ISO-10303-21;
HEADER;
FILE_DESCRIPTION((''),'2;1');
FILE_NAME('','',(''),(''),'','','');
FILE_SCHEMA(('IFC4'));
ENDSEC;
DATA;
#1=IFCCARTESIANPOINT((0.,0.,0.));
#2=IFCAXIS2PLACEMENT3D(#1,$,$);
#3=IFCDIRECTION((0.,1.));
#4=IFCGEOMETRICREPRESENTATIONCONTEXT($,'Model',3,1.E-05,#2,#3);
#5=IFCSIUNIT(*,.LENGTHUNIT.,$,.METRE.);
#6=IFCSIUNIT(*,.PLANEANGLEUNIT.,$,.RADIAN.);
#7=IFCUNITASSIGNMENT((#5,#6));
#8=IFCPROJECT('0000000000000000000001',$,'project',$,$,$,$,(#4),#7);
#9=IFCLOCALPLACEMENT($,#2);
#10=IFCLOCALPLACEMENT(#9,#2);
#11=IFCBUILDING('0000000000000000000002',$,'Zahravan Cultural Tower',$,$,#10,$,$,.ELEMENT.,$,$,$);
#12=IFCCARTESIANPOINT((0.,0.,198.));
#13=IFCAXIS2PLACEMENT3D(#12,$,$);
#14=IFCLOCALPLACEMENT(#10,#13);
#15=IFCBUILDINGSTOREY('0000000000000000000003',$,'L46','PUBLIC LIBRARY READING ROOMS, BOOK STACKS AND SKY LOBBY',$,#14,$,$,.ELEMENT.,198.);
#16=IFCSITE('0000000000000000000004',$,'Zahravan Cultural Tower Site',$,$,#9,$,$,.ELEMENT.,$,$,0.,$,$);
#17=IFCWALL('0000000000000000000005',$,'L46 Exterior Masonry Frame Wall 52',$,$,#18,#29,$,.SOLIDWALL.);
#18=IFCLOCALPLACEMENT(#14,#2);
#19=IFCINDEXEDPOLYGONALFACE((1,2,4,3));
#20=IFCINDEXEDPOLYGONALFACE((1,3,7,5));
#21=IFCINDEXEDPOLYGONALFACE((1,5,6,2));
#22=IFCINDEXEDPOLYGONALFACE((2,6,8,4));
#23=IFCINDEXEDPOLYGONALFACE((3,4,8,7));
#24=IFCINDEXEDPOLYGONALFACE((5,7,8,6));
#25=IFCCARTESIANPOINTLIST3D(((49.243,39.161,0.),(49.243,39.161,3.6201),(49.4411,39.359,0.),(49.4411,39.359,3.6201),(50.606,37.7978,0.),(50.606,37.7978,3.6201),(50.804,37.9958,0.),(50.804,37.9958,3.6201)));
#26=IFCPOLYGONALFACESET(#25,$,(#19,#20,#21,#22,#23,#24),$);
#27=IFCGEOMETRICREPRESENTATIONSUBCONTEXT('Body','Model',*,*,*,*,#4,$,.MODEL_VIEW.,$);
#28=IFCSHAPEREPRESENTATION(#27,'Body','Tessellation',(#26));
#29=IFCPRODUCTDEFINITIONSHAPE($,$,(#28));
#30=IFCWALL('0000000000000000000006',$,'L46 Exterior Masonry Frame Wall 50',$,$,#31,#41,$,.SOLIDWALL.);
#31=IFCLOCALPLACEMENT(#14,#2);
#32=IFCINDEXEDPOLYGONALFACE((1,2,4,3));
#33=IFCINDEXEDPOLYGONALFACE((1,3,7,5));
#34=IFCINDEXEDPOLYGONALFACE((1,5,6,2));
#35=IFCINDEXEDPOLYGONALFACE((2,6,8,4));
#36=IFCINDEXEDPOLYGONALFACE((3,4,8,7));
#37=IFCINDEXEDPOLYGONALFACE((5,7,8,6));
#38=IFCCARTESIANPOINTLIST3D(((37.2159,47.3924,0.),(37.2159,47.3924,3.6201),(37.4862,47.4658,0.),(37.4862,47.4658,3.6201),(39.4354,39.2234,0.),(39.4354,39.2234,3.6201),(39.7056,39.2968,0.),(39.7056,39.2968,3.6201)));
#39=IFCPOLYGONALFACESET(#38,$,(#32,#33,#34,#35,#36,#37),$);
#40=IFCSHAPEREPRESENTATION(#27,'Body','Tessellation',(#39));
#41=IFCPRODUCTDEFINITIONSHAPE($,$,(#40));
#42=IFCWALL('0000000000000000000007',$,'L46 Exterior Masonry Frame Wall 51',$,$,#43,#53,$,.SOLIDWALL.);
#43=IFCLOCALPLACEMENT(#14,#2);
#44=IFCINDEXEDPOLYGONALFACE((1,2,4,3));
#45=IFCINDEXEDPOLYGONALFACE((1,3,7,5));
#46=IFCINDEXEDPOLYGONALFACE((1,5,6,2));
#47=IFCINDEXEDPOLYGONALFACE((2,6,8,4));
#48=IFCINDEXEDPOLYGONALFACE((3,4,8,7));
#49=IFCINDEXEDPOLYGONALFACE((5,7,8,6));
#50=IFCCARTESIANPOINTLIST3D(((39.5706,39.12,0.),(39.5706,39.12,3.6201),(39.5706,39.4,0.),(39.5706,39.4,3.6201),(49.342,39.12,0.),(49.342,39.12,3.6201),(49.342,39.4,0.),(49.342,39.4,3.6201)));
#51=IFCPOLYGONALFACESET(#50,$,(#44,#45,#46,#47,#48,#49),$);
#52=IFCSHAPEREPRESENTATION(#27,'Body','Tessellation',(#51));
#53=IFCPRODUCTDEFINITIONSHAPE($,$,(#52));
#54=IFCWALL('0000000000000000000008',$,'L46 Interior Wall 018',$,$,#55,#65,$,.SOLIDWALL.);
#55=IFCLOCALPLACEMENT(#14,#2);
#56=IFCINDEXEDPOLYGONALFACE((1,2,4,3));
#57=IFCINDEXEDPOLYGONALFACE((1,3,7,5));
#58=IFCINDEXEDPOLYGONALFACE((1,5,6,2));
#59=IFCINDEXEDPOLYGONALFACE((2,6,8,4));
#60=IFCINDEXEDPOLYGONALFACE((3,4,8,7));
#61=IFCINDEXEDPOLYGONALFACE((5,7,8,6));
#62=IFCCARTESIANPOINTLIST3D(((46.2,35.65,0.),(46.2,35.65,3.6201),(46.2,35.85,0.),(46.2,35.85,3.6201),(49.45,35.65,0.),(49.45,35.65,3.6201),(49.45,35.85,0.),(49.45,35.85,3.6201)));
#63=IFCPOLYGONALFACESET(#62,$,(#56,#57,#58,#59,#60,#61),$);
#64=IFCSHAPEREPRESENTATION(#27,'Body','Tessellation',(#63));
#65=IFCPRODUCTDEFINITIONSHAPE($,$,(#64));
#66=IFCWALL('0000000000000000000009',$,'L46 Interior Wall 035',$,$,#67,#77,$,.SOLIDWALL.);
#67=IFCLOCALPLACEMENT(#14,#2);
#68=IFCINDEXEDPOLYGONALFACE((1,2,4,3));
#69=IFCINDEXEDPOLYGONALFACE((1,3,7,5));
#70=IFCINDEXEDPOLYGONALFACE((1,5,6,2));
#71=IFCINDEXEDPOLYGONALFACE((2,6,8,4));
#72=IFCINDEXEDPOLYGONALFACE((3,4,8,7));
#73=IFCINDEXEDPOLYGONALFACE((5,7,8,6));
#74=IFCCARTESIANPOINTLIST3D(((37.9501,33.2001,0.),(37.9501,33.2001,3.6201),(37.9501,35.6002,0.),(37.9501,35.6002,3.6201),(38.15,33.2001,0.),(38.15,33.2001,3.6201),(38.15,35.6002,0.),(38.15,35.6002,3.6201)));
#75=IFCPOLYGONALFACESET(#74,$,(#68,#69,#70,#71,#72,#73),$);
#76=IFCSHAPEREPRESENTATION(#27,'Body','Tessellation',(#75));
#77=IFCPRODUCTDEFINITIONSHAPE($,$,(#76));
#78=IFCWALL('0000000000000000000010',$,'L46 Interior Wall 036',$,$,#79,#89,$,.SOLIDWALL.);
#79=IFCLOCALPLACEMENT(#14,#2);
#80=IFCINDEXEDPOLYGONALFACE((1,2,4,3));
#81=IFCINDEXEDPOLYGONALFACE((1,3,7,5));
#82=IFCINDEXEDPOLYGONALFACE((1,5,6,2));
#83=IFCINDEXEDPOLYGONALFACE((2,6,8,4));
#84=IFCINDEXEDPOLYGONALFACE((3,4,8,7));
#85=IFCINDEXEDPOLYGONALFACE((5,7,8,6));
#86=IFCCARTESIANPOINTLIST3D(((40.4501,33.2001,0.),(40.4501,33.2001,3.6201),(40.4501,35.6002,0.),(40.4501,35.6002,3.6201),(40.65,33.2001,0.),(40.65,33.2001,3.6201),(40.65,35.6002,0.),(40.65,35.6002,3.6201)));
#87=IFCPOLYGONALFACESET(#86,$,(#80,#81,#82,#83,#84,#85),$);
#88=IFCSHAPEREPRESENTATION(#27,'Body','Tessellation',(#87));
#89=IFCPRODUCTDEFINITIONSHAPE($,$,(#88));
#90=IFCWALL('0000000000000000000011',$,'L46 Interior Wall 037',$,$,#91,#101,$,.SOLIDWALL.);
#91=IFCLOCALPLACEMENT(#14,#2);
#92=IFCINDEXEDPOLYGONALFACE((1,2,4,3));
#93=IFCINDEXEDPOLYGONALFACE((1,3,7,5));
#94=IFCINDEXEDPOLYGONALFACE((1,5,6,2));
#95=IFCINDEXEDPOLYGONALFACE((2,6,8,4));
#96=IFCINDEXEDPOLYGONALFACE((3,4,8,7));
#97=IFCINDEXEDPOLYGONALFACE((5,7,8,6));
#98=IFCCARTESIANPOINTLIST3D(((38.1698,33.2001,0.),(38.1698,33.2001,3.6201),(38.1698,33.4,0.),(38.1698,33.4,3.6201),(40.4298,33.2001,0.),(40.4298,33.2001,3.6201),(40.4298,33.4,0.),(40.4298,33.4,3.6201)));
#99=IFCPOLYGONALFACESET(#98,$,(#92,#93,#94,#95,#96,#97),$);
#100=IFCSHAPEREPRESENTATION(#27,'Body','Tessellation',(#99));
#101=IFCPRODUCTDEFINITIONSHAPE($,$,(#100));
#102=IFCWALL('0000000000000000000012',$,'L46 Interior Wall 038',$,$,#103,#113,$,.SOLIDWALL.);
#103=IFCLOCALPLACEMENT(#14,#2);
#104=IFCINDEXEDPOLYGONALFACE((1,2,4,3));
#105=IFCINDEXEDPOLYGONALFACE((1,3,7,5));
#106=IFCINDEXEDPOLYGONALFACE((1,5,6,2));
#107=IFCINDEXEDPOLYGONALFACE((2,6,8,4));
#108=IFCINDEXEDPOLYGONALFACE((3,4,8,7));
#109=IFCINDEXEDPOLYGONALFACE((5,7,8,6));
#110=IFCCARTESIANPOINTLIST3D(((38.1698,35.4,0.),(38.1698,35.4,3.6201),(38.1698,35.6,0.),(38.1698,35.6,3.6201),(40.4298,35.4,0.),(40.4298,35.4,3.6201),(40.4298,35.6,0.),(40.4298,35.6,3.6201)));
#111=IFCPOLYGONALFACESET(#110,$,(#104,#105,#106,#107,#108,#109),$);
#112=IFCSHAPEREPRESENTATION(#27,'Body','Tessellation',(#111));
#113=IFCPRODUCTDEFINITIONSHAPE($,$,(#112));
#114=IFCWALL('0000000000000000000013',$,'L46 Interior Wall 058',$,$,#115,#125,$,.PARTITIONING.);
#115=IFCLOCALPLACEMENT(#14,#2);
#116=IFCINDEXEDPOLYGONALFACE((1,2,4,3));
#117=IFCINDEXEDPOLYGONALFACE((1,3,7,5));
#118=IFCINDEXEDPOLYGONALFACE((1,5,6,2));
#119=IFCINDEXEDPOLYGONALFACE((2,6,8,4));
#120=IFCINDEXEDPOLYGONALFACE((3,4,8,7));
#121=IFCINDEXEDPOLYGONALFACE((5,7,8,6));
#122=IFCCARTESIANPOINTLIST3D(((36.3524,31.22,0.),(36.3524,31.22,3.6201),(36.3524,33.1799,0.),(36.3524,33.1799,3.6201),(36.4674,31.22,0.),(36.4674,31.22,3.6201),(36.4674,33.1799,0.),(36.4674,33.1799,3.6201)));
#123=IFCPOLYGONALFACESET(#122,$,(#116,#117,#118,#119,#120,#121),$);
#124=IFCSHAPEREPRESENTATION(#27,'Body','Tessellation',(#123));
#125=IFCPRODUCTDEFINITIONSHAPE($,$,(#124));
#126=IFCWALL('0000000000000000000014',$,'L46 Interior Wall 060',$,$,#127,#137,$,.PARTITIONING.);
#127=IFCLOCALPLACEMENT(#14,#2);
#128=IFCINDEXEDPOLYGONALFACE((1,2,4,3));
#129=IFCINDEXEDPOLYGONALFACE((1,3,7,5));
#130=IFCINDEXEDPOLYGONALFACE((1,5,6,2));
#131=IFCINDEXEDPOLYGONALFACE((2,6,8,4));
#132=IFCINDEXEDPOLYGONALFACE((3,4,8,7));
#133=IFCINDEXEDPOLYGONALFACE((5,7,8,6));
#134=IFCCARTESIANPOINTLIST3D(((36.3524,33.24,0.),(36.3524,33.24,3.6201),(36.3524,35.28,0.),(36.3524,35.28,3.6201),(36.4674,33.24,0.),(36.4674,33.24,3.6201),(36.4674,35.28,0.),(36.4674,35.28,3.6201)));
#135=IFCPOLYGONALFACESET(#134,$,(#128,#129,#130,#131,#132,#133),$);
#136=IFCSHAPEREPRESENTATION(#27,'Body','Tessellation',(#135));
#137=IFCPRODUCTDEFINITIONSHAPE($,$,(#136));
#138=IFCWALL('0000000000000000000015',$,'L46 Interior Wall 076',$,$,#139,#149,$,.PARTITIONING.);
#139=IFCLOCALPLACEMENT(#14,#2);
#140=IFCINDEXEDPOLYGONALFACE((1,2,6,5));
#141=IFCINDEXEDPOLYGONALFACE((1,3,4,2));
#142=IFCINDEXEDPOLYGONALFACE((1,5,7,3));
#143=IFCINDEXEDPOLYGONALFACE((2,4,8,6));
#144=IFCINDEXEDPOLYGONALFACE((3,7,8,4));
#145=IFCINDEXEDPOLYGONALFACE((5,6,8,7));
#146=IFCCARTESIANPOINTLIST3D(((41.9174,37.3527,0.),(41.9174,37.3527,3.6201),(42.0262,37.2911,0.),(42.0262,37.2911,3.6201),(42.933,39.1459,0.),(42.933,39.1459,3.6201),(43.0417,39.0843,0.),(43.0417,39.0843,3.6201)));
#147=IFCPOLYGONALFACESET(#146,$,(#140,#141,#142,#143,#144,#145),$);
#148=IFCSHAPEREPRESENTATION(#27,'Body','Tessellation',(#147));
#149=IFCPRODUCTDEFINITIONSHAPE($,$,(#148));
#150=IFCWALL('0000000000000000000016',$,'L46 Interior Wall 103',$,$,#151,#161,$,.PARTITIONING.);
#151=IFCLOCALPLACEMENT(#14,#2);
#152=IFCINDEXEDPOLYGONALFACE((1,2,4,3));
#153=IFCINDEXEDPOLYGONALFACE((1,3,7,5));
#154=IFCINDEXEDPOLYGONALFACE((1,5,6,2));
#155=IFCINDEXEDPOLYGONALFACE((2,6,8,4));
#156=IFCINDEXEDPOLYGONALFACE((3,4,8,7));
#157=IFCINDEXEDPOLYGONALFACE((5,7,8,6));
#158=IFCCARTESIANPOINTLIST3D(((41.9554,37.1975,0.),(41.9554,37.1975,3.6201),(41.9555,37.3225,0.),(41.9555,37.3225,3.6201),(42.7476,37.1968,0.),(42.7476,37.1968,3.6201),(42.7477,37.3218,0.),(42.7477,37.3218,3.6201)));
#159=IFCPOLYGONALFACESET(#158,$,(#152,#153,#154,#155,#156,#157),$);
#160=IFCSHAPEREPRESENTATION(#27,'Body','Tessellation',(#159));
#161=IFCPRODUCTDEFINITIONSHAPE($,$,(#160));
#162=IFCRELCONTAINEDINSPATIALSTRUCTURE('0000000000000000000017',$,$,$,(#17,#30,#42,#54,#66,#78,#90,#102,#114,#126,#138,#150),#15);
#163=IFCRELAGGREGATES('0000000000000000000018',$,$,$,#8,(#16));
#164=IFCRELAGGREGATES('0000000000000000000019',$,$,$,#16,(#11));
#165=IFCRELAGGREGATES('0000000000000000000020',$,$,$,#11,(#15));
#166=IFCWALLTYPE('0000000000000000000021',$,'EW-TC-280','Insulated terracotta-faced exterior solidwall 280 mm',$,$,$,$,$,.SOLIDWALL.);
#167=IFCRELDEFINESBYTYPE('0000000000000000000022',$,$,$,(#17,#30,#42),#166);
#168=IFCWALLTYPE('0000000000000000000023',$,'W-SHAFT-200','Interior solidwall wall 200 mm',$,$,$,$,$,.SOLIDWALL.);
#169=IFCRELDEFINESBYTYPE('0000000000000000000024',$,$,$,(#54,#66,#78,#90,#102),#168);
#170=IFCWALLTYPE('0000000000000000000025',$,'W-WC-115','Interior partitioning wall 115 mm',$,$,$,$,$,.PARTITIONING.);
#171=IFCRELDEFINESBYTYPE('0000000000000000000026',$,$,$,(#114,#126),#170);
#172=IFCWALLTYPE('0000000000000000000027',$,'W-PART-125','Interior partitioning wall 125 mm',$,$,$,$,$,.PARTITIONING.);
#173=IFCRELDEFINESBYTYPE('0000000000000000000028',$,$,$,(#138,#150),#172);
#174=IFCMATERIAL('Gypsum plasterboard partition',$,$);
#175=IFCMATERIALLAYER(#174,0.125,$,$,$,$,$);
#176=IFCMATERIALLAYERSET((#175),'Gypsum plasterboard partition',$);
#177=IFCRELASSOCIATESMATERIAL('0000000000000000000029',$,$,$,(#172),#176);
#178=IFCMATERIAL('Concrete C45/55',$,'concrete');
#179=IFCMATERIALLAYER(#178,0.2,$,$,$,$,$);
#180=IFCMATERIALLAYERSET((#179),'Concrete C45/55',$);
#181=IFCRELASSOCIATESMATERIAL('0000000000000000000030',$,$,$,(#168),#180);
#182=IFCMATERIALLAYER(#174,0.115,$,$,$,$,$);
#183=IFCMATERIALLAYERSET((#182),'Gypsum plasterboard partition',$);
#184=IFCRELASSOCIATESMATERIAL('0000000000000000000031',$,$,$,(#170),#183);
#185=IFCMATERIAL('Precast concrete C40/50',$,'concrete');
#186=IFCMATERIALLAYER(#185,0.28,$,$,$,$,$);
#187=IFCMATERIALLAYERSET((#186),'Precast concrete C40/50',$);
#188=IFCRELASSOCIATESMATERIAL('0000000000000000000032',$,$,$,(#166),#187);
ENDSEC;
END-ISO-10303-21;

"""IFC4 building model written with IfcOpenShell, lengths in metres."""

from ifc_helpers import new_model, si_unit, direction, frame, frame_2d, origin, place, context, subcontext, project, spatial, rectangle, extrude, source, transform, mapped, material, layer, layer_set, type_object, element, save


model = new_model("IFC4")

# Units and contexts
model_context = context("Model", 3, precision=1e-05, world=origin(), true_north=direction((0.0, 1.0)))
body_context = subcontext(model_context, "Body", "Model", "MODEL_VIEW")
ifc_project = project(units=[si_unit("LENGTHUNIT", "METRE"), si_unit("PLANEANGLEUNIT", "RADIAN")], contexts=[model_context])

# Site, building, storey
site_placement = place(None, origin())
site = spatial("IfcSite", under=ifc_project, at=site_placement, Name="Zahravan Cultural Tower Site", CompositionType="ELEMENT", RefElevation=0.0)
building_placement = place(site_placement, origin())
building = spatial("IfcBuilding", under=site, at=building_placement, Name="Zahravan Cultural Tower", CompositionType="ELEMENT")
storey_placement = place(building_placement, frame((0.0, 0.0, 198.0)))
storey = spatial("IfcBuildingStorey", under=building, at=storey_placement, Name="L46", Description="PUBLIC LIBRARY READING ROOMS, BOOK STACKS AND SKY LOBBY", CompositionType="ELEMENT", Elevation=198.0)

# Shared definitions
ifc_material_1 = material(Name="Gypsum plasterboard partition")
ifc_layer_1 = layer(ifc_material_1, 0.125)
ifc_layer_set_1 = layer_set([ifc_layer_1], Name="Gypsum plasterboard partition")
wall_type_1 = type_object("IfcWallType", Name="W-PART-125", Description="Interior partitioning wall 125 mm", PredefinedType="PARTITIONING", material=ifc_layer_set_1)
ifc_material_2 = material(Name="Concrete C45/55", Category="concrete")
ifc_layer_2 = layer(ifc_material_2, 0.2)
ifc_layer_set_2 = layer_set([ifc_layer_2], Name="Concrete C45/55")
wall_type_2 = type_object("IfcWallType", Name="W-SHAFT-200", Description="Interior solidwall wall 200 mm", PredefinedType="SOLIDWALL", material=ifc_layer_set_2)
ifc_layer_3 = layer(ifc_material_1, 0.115)
ifc_layer_set_3 = layer_set([ifc_layer_3], Name="Gypsum plasterboard partition")
wall_type_3 = type_object("IfcWallType", Name="W-WC-115", Description="Interior partitioning wall 115 mm", PredefinedType="PARTITIONING", material=ifc_layer_set_3)

# Walls
ifc_material_3 = material(Name="Precast concrete C40/50", Category="concrete")
ifc_layer_4 = layer(ifc_material_3, 0.28)
ifc_layer_set_4 = layer_set([ifc_layer_4], Name="Precast concrete C40/50")
wall_type_4 = type_object("IfcWallType", Name="EW-TC-280", Description="Insulated terracotta-faced exterior solidwall 280 mm", PredefinedType="SOLIDWALL", material=ifc_layer_set_4)
shared_shape_1 = source(origin(), body_context, "Body", "SweptSolid", [
    extrude(rectangle(XDim=1.9277, YDim=0.28, at=frame_2d((0.9639, 0.0))), origin(), (0.0, 0.0, 1.0), 3.6201),
])
wall_1_placement = place(storey_placement, frame((49.342, 39.26, 0.0), z_axis=(0.0, 0.0, 1.0), x_axis=(0.707043, -0.70717, 0.0)))
element("IfcWall", 1, at=wall_1_placement, inside=storey, type_object=wall_type_4, Name="L46 Exterior Masonry Frame Wall 52", PredefinedType="SOLIDWALL", context=body_context, shape_type="MappedRepresentation", body=[
    mapped(shared_shape_1, transform((0.0, 0.0, 0.0), x_axis=(1.0, 0.0, 0.0), y_axis=(0.0, 1.0, 0.0), z_axis=(0.0, 0.0, 1.0), scale=1.0)),
])
shared_shape_2 = source(origin(), body_context, "Body", "SweptSolid", [
    extrude(rectangle(XDim=8.4651, YDim=0.28, at=frame_2d((4.2324, 0.0))), origin(), (0.0, 0.0, 1.0), 3.6201),
])
wall_2_placement = place(storey_placement, frame((37.3511, 47.429, 0.0), z_axis=(0.0, 0.0, 1.0), x_axis=(0.262192, -0.965016, 0.0)))
element("IfcWall", 2, at=wall_2_placement, inside=storey, type_object=wall_type_4, Name="L46 Exterior Masonry Frame Wall 50", PredefinedType="SOLIDWALL", context=body_context, shape_type="MappedRepresentation", body=[
    mapped(shared_shape_2, transform((0.0, 0.0, 0.0), x_axis=(1.0, 0.0, 0.0), y_axis=(0.0, 1.0, 0.0), z_axis=(0.0, 0.0, 1.0), scale=1.0)),
])
shared_shape_3 = source(origin(), body_context, "Body", "SweptSolid", [
    extrude(rectangle(XDim=9.7715, YDim=0.28, at=frame_2d((4.8857, 0.0))), origin(), (0.0, 0.0, 1.0), 3.6201),
])
wall_3_placement = place(storey_placement, frame((39.5706, 39.26, 0.0), z_axis=(0.0, 0.0, 1.0), x_axis=(1.0, 0.0, 0.0)))
element("IfcWall", 3, at=wall_3_placement, inside=storey, type_object=wall_type_4, Name="L46 Exterior Masonry Frame Wall 51", PredefinedType="SOLIDWALL", context=body_context, shape_type="MappedRepresentation", body=[
    mapped(shared_shape_3, transform((0.0, 0.0, 0.0), x_axis=(1.0, 0.0, 0.0), y_axis=(0.0, 1.0, 0.0), z_axis=(0.0, 0.0, 1.0), scale=1.0)),
])
shared_shape_4 = source(origin(), body_context, "Body", "SweptSolid", [
    extrude(rectangle(XDim=3.25, YDim=0.2, at=frame_2d((1.625, 0.0))), origin(), (0.0, 0.0, 1.0), 3.6201),
])
wall_4_placement = place(storey_placement, frame((46.2, 35.75, 0.0), z_axis=(0.0, 0.0, 1.0), x_axis=(1.0, 0.0, 0.0)))
element("IfcWall", 4, at=wall_4_placement, inside=storey, type_object=wall_type_2, Name="L46 Interior Wall 018", PredefinedType="SOLIDWALL", context=body_context, shape_type="MappedRepresentation", body=[
    mapped(shared_shape_4, transform((0.0, 0.0, 0.0), x_axis=(1.0, 0.0, 0.0), y_axis=(0.0, 1.0, 0.0), z_axis=(0.0, 0.0, 1.0), scale=1.0)),
])
shared_shape_5 = source(origin(), body_context, "Body", "SweptSolid", [
    extrude(rectangle(XDim=2.4001, YDim=0.2, at=frame_2d((1.2002, 0.0))), origin(), (0.0, 0.0, 1.0), 3.6201),
])
for number, where, z_axis, x_axis, name in (
    (5, (38.05, 33.2, 0.0), (0.0, 0.0, 1.0), (0.0, 1.0, 0.0), "L46 Interior Wall 035"),
    (6, (40.55, 33.2, 0.0), (0.0, 0.0, 1.0), (0.0, 1.0, 0.0), "L46 Interior Wall 036"),
):
    element("IfcWall", number, at=place(storey_placement, frame(where, z_axis=z_axis, x_axis=x_axis)), inside=storey, type_object=wall_type_2, Name=name, PredefinedType="SOLIDWALL", context=body_context, shape_type="MappedRepresentation", body=[
        mapped(shared_shape_5, transform((0.0, 0.0, 0.0), x_axis=(1.0, 0.0, 0.0), y_axis=(0.0, 1.0, 0.0), z_axis=(0.0, 0.0, 1.0), scale=1.0)),
    ])
shared_shape_6 = source(origin(), body_context, "Body", "SweptSolid", [
    extrude(rectangle(XDim=2.26, YDim=0.2, at=frame_2d((1.1299, 0.0))), origin(), (0.0, 0.0, 1.0), 3.6201),
])
for number, where, z_axis, x_axis, name in (
    (7, (38.1699, 33.3, 0.0), (0.0, 0.0, 1.0), (1.0, 0.0, 0.0), "L46 Interior Wall 037"),
    (8, (38.1699, 35.5, 0.0), (0.0, 0.0, 1.0), (1.0, 0.0, 0.0), "L46 Interior Wall 038"),
):
    element("IfcWall", number, at=place(storey_placement, frame(where, z_axis=z_axis, x_axis=x_axis)), inside=storey, type_object=wall_type_2, Name=name, PredefinedType="SOLIDWALL", context=body_context, shape_type="MappedRepresentation", body=[
        mapped(shared_shape_6, transform((0.0, 0.0, 0.0), x_axis=(1.0, 0.0, 0.0), y_axis=(0.0, 1.0, 0.0), z_axis=(0.0, 0.0, 1.0), scale=1.0)),
    ])
shared_shape_7 = source(origin(), body_context, "Body", "SweptSolid", [
    extrude(rectangle(XDim=1.96, YDim=0.115, at=frame_2d((0.98, 0.0))), origin(), (0.0, 0.0, 1.0), 3.6201),
])
wall_5_placement = place(storey_placement, frame((36.4099, 33.1799, 0.0), z_axis=(0.0, 0.0, 1.0), x_axis=(0.0, -1.0, 0.0)))
element("IfcWall", 9, at=wall_5_placement, inside=storey, type_object=wall_type_3, Name="L46 Interior Wall 058", PredefinedType="PARTITIONING", context=body_context, shape_type="MappedRepresentation", body=[
    mapped(shared_shape_7, transform((0.0, 0.0, 0.0), x_axis=(1.0, 0.0, 0.0), y_axis=(0.0, 1.0, 0.0), z_axis=(0.0, 0.0, 1.0), scale=1.0)),
])
shared_shape_8 = source(origin(), body_context, "Body", "SweptSolid", [
    extrude(rectangle(XDim=2.04, YDim=0.115, at=frame_2d((1.02, 0.0))), origin(), (0.0, 0.0, 1.0), 3.6201),
])
wall_6_placement = place(storey_placement, frame((36.4099, 35.28, 0.0), z_axis=(0.0, 0.0, 1.0), x_axis=(0.0, -1.0, 0.0)))
element("IfcWall", 10, at=wall_6_placement, inside=storey, type_object=wall_type_3, Name="L46 Interior Wall 060", PredefinedType="PARTITIONING", context=body_context, shape_type="MappedRepresentation", body=[
    mapped(shared_shape_8, transform((0.0, 0.0, 0.0), x_axis=(1.0, 0.0, 0.0), y_axis=(0.0, 1.0, 0.0), z_axis=(0.0, 0.0, 1.0), scale=1.0)),
])
shared_shape_9 = source(origin(), body_context, "Body", "SweptSolid", [
    extrude(rectangle(XDim=2.0608, YDim=0.125, at=frame_2d((1.0303, 0.0))), origin(), (0.0, 0.0, 1.0), 3.6201),
])
wall_7_placement = place(storey_placement, frame((42.9873, 39.115, 0.0), z_axis=(0.0, 0.0, 1.0), x_axis=(-0.492818, -0.870132, 0.0)))
element("IfcWall", 11, at=wall_7_placement, inside=storey, type_object=wall_type_1, Name="L46 Interior Wall 076", PredefinedType="PARTITIONING", context=body_context, shape_type="MappedRepresentation", body=[
    mapped(shared_shape_9, transform((0.0, 0.0, 0.0), x_axis=(1.0, 0.0, 0.0), y_axis=(0.0, 1.0, 0.0), z_axis=(0.0, 0.0, 1.0), scale=1.0)),
])
shared_shape_10 = source(origin(), body_context, "Body", "SweptSolid", [
    extrude(rectangle(XDim=0.7922, YDim=0.125, at=frame_2d((0.396, 0.0))), origin(), (0.0, 0.0, 1.0), 3.6201),
])
wall_8_placement = place(storey_placement, frame((42.7476, 37.2593, 0.0), z_axis=(0.0, 0.0, 1.0), x_axis=(-1.0, 0.000924, 0.0)))
element("IfcWall", 12, at=wall_8_placement, inside=storey, type_object=wall_type_1, Name="L46 Interior Wall 103", PredefinedType="PARTITIONING", context=body_context, shape_type="MappedRepresentation", body=[
    mapped(shared_shape_10, transform((0.0, 0.0, 0.0), x_axis=(1.0, 0.0, 0.0), y_axis=(0.0, 1.0, 0.0), z_axis=(0.0, 0.0, 1.0), scale=1.0)),
])

save(model, "model.ifc")
